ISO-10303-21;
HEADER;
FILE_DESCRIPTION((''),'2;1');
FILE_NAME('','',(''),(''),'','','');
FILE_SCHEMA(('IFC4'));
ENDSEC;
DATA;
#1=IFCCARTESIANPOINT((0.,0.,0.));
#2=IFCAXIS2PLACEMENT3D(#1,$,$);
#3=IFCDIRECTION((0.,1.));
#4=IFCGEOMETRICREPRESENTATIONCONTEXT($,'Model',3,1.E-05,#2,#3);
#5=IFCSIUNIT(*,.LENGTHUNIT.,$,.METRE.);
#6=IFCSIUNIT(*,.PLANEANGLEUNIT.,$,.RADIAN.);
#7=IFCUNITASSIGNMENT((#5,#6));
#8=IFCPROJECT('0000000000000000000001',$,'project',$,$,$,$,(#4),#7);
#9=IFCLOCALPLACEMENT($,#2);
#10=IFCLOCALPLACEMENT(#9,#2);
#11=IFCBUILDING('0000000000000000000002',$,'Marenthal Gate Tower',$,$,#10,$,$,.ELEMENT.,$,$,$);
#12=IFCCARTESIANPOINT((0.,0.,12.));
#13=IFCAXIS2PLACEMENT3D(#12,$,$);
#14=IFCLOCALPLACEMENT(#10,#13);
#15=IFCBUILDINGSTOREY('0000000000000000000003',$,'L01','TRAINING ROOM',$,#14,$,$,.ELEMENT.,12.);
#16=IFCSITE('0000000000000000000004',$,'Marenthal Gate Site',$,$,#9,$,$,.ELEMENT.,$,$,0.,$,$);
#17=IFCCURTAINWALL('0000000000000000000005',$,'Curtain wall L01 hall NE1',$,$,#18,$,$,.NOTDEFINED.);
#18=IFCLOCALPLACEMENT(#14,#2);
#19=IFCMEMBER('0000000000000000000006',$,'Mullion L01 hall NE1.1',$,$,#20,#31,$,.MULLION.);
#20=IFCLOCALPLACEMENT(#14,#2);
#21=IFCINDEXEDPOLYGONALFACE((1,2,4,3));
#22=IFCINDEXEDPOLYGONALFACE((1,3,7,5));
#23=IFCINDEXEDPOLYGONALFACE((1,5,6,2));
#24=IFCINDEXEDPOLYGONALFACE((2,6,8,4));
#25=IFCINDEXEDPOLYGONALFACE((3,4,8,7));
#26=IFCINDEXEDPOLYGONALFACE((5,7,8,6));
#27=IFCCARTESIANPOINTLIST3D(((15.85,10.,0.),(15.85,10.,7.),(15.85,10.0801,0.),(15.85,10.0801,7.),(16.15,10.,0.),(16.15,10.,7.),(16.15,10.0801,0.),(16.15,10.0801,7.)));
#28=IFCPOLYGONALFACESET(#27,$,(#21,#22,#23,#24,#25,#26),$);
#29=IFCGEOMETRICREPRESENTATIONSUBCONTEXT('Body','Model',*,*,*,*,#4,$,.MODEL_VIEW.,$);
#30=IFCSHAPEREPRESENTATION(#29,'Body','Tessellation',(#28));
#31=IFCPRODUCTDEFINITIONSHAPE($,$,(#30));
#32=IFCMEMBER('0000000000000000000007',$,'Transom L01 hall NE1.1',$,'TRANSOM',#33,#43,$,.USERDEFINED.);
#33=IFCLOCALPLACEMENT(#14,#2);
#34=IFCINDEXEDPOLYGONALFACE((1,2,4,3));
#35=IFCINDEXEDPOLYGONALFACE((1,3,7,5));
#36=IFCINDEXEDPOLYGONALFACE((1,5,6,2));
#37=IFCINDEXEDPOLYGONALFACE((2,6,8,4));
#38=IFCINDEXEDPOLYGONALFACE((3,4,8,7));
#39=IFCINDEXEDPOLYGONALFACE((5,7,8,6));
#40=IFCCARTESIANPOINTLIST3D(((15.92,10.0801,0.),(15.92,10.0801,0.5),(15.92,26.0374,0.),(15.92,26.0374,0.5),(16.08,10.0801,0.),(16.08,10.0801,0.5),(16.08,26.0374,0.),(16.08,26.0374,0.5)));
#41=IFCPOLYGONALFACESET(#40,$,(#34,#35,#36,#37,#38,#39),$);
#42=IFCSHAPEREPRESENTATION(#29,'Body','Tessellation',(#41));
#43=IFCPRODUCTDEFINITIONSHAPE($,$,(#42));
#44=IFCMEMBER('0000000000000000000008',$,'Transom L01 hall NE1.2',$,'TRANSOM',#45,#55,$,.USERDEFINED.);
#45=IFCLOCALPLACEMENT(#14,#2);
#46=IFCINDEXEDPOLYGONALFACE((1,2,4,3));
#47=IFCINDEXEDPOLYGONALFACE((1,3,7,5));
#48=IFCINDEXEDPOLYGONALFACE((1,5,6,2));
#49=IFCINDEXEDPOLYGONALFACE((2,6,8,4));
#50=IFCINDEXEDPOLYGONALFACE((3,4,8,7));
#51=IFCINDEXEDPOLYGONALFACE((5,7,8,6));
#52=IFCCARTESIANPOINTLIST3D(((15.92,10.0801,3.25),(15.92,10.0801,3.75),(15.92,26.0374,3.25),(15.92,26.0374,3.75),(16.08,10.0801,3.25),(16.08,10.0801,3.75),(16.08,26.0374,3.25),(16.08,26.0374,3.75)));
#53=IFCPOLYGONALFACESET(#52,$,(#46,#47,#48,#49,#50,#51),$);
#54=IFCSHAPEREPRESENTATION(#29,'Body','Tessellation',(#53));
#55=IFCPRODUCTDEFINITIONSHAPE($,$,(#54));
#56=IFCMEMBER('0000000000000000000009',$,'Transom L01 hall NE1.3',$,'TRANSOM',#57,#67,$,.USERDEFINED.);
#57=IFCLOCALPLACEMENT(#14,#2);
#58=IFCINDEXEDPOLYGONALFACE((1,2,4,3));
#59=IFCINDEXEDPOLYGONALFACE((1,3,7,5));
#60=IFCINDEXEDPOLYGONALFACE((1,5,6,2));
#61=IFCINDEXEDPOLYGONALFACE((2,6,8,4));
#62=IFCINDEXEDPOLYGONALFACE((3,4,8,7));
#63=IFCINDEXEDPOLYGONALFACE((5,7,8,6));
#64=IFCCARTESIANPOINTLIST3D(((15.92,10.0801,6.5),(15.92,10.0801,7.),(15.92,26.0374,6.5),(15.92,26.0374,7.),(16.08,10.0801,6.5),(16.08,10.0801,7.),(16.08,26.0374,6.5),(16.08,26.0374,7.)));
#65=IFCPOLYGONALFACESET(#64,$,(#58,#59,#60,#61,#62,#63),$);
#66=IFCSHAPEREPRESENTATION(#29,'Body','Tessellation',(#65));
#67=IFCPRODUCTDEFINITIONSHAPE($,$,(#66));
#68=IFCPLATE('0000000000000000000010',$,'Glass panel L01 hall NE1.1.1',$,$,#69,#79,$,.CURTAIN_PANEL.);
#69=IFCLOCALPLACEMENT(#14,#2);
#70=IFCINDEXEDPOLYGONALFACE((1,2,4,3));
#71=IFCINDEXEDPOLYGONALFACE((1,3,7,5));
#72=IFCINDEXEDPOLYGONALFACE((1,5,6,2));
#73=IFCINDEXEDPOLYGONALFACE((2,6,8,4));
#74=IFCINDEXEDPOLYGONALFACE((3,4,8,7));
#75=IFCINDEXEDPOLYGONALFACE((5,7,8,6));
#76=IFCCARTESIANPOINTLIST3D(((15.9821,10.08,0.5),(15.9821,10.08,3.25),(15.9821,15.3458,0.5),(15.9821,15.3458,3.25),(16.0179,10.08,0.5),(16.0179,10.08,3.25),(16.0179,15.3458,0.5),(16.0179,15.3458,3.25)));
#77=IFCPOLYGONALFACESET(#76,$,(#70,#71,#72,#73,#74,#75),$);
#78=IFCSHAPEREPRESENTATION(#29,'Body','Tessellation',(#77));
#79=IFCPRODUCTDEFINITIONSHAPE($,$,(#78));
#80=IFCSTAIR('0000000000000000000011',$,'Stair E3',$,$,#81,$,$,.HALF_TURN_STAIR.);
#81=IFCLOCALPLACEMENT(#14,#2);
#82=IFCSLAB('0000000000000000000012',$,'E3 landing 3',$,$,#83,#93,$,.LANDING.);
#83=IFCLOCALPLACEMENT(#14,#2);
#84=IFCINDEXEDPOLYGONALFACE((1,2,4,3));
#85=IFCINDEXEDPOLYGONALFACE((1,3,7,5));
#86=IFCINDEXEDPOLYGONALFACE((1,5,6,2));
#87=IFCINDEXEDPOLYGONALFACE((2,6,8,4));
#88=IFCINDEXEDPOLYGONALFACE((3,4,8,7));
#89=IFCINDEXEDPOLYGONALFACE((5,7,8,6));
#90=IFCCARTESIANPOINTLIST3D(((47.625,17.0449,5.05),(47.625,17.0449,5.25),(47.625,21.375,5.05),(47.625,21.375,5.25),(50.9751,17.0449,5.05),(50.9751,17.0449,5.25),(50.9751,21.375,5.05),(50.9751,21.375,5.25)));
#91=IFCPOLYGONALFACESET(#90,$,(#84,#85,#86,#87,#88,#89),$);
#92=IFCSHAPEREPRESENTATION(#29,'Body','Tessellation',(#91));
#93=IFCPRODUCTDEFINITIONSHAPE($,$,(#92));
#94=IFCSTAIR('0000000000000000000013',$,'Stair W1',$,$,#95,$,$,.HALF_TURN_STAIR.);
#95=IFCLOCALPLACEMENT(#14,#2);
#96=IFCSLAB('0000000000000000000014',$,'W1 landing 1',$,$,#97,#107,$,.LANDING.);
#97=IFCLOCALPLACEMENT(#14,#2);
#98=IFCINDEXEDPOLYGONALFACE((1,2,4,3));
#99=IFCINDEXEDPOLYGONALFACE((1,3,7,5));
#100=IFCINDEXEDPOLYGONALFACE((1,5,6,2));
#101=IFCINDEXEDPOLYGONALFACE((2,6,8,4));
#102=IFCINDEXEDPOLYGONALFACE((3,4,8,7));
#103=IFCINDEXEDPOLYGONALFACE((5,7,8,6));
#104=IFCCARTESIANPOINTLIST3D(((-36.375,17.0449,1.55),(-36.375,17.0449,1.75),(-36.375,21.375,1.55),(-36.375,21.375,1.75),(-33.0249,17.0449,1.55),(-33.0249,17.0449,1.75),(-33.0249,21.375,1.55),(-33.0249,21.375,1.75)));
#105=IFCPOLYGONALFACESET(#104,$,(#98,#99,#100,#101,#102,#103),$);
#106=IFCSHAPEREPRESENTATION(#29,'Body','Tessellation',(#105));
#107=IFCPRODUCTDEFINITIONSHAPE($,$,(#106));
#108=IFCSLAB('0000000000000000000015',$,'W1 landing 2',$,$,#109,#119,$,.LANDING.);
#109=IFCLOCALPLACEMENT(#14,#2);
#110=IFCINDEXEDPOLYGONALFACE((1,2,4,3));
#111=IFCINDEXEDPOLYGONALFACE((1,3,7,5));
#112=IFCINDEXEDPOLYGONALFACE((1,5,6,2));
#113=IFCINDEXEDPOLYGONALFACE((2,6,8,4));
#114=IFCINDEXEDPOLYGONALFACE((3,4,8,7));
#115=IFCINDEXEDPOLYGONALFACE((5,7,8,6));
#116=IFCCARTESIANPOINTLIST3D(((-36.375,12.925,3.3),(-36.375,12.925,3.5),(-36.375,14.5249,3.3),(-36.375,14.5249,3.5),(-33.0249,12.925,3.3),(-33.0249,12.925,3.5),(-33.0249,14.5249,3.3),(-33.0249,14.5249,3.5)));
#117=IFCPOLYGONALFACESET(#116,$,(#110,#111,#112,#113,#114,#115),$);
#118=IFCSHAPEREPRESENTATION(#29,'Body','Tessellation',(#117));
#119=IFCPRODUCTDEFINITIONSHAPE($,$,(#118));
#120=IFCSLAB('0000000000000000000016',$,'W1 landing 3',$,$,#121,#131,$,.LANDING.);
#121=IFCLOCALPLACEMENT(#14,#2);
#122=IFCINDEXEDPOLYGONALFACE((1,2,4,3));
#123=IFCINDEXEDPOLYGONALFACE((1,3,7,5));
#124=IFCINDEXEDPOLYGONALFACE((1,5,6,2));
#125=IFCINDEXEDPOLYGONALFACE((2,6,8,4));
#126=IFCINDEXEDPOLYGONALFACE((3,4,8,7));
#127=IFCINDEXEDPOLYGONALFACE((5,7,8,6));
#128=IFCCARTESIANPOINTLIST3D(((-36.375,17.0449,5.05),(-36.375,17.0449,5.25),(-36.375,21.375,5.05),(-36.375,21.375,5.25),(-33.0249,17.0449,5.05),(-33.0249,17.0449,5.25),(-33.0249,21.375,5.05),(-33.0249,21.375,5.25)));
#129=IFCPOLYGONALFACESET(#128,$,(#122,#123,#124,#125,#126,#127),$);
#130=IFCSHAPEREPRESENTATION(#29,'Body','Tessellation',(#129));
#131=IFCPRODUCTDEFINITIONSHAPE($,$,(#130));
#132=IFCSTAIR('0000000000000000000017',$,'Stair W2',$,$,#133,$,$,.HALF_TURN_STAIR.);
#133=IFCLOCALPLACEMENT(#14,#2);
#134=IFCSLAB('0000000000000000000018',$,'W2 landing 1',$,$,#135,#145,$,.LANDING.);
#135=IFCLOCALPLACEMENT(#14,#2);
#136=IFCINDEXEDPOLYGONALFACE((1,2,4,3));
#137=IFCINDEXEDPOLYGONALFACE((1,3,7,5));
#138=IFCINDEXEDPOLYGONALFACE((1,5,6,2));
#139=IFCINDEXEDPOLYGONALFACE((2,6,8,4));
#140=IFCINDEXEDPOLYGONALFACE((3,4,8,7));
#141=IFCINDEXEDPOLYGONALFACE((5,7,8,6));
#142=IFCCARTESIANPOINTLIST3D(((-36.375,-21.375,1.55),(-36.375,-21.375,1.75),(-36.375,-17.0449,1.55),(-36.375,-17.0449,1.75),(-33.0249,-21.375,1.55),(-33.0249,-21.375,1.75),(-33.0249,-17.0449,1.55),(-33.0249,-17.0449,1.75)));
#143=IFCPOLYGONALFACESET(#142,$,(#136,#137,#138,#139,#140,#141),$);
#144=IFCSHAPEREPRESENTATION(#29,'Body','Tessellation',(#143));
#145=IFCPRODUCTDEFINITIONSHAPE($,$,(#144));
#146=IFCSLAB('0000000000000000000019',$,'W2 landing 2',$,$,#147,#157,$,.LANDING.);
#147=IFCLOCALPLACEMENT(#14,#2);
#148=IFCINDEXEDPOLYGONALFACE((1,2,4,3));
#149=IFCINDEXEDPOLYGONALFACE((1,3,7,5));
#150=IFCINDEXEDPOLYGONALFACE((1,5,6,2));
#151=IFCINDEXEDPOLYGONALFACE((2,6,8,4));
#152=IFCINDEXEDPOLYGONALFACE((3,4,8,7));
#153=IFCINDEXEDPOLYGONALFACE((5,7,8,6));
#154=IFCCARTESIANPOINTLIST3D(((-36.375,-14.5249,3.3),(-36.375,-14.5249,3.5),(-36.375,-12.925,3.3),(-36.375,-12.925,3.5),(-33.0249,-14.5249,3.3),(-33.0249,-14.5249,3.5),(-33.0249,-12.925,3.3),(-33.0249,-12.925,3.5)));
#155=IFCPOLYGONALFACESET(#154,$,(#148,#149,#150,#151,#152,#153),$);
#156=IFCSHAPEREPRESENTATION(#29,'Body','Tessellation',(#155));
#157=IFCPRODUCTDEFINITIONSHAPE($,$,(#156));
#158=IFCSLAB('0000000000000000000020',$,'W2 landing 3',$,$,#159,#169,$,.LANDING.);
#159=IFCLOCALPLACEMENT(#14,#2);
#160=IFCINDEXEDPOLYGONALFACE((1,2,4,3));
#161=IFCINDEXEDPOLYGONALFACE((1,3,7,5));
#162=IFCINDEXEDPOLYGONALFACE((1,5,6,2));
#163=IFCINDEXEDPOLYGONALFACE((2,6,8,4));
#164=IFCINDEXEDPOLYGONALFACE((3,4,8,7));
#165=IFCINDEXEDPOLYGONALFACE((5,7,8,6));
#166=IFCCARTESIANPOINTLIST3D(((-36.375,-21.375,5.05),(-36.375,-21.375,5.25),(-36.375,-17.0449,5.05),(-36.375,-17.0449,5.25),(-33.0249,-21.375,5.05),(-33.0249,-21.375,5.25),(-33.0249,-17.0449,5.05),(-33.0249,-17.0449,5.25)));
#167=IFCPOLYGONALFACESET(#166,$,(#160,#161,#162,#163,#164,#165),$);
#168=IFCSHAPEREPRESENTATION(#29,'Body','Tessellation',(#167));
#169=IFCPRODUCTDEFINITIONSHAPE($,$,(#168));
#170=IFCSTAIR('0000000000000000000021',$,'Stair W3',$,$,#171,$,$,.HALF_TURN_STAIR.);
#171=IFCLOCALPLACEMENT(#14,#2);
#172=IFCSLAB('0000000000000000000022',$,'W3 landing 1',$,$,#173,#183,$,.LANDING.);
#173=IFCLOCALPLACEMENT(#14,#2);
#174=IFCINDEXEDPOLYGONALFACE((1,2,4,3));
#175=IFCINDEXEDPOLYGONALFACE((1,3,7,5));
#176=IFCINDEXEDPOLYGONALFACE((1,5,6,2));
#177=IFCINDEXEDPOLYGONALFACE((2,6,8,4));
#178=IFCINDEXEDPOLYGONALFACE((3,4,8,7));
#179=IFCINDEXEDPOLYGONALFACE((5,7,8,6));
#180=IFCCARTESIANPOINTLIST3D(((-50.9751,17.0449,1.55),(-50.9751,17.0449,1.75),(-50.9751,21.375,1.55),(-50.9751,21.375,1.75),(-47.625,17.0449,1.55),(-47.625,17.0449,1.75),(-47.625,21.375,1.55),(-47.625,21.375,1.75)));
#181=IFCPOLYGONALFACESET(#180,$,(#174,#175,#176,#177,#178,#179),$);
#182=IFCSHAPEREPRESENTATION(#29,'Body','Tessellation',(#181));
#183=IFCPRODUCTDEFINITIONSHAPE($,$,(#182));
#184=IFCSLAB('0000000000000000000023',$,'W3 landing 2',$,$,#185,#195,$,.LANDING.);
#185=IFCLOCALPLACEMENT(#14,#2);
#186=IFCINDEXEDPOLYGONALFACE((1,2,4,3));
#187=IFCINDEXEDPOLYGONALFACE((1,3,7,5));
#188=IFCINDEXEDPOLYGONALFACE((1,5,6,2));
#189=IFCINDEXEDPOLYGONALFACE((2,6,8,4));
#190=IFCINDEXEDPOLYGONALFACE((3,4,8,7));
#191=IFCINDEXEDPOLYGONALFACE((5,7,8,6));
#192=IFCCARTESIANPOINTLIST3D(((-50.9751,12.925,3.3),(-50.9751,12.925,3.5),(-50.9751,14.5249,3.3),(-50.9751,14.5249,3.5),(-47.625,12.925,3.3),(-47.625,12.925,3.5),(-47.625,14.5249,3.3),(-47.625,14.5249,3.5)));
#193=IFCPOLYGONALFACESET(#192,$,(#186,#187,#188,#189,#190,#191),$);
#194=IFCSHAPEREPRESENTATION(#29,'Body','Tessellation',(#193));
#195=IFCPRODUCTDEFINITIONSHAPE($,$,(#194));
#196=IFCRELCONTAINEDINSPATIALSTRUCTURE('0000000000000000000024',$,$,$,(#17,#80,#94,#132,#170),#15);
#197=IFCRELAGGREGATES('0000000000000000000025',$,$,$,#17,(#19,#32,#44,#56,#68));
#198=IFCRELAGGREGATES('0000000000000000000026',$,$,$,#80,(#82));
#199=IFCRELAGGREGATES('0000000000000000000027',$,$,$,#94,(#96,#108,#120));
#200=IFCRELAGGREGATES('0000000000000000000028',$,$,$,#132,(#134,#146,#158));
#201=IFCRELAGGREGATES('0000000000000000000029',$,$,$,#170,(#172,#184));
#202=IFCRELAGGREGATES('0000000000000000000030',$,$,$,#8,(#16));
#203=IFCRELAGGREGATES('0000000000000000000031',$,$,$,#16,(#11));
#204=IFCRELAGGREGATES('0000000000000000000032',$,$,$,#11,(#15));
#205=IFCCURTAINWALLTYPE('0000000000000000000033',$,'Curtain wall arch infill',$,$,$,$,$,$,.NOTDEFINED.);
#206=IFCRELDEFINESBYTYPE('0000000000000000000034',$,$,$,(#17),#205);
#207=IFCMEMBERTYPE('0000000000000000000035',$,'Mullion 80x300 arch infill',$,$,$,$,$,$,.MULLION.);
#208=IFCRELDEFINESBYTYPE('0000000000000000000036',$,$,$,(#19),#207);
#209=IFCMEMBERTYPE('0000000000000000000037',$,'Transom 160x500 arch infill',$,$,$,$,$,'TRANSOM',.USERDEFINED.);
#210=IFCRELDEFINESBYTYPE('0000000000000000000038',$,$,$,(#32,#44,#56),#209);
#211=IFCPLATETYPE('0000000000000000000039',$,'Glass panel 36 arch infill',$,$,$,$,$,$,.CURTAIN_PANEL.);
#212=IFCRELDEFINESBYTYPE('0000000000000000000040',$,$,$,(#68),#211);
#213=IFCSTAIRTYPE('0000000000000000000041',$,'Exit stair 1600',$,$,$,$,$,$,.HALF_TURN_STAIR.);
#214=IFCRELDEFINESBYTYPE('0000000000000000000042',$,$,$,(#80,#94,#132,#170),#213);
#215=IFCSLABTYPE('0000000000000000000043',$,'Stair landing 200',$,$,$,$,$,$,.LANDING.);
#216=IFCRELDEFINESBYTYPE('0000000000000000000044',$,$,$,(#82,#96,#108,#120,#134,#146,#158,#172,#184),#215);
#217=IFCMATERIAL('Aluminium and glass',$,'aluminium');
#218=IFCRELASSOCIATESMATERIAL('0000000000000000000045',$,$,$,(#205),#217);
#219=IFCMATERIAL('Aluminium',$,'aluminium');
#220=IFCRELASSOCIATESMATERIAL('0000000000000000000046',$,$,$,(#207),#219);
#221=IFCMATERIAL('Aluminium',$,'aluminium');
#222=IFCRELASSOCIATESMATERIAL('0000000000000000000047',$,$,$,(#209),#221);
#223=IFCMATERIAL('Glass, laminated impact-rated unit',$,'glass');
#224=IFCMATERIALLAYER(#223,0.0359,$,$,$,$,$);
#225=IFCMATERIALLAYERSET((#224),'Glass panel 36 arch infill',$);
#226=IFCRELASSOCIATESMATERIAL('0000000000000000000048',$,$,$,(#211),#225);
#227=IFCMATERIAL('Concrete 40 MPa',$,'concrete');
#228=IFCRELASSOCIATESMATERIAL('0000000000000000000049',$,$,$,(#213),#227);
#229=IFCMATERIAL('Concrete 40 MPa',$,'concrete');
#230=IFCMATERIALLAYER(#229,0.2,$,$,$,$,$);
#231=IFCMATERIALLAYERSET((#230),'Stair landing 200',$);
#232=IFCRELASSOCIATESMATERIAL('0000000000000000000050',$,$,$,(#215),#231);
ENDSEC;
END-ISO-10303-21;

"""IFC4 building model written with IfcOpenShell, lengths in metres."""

from ifc_helpers import new_model, si_unit, direction, frame, origin, origin_2d, place, context, subcontext, project, spatial, polyline, rectangle, outline, extrude, material, layer, layer_set, material_profile, profile_set, type_object, element, aggregate, save


model = new_model("IFC4")

# Units and contexts
model_context = context("Model", 3, precision=1e-05, world=origin(), true_north=direction((0.0, 1.0)))
body_context = subcontext(model_context, "Body", "Model", "MODEL_VIEW")
ifc_project = project(units=[si_unit("LENGTHUNIT", "METRE"), si_unit("PLANEANGLEUNIT", "RADIAN")], contexts=[model_context])

# Site, building, storey
site_placement = place(None, origin())
site = spatial("IfcSite", under=ifc_project, at=site_placement, Name="Marenthal Gate Site", CompositionType="ELEMENT", RefElevation=0.0)
building_placement = place(site_placement, origin())
building = spatial("IfcBuilding", under=site, at=building_placement, Name="Marenthal Gate Tower", CompositionType="ELEMENT")
storey_placement = place(building_placement, frame((0.0, 0.0, 12.0)))
storey = spatial("IfcBuildingStorey", under=building, at=storey_placement, Name="L01", Description="TRAINING ROOM", CompositionType="ELEMENT", Elevation=12.0)

# Curtain wall, members, plate
ifc_material_1 = material(Name="Aluminium and glass", Category="aluminium")
curtain_wall_type = type_object("IfcCurtainWallType", Name="Curtain wall arch infill", PredefinedType="NOTDEFINED", material=ifc_material_1)
curtain_wall_placement = place(storey_placement, origin())
curtain_wall = element("IfcCurtainWall", 1, at=curtain_wall_placement, inside=storey, type_object=curtain_wall_type, Name="Curtain wall L01 hall NE1", PredefinedType="NOTDEFINED")
ifc_material_2 = material(Name="Aluminium", Category="aluminium")
ifc_material_profile_1 = material_profile(ifc_material_2, rectangle(XDim=0.3, YDim=0.0801, at=origin_2d()), Name="80x300 aluminium mullion")
ifc_profile_set_1 = profile_set([ifc_material_profile_1], Name="Aluminium")
member_type_1 = type_object("IfcMemberType", Name="Mullion 80x300 arch infill", PredefinedType="MULLION", material=ifc_profile_set_1)
member_1_placement = place(storey_placement, frame((16.0, 10.04, 0.0), z_axis=(0.0, 0.0, 1.0), x_axis=(-1.0, 0.0, 0.0)))
member_1 = element("IfcMember", 2, at=member_1_placement, type_object=member_type_1, Name="Mullion L01 hall NE1.1", PredefinedType="MULLION", context=body_context, shape_type="SweptSolid", body=[
    extrude(rectangle(XDim=0.3, YDim=0.0801, at=origin_2d()), origin(), (0.0, 0.0, 1.0), 7.0),
])
ifc_material_3 = material(Name="Aluminium", Category="aluminium")
ifc_material_profile_2 = material_profile(ifc_material_3, rectangle(XDim=0.1599, YDim=0.5, at=origin_2d()), Name="160x500 aluminium transom")
ifc_profile_set_2 = profile_set([ifc_material_profile_2], Name="Aluminium")
member_type_2 = type_object("IfcMemberType", Name="Transom 160x500 arch infill", ElementType="TRANSOM", PredefinedType="USERDEFINED", material=ifc_profile_set_2)
member_2_placement = place(storey_placement, frame((16.0, 10.0801, 0.25), z_axis=(0.0, 1.0, 0.0), x_axis=(-1.0, 0.0, 0.0)))
member_2 = element("IfcMember", 3, at=member_2_placement, type_object=member_type_2, Name="Transom L01 hall NE1.1", ObjectType="TRANSOM", PredefinedType="USERDEFINED", context=body_context, shape_type="SweptSolid", body=[
    extrude(rectangle(XDim=0.1599, YDim=0.5, at=origin_2d()), origin(), (0.0, 0.0, 1.0), 15.9573),
])
member_3_placement = place(storey_placement, frame((16.0, 10.0801, 3.5), z_axis=(0.0, 1.0, 0.0), x_axis=(-1.0, 0.0, 0.0)))
member_3 = element("IfcMember", 4, at=member_3_placement, type_object=member_type_2, Name="Transom L01 hall NE1.2", ObjectType="TRANSOM", PredefinedType="USERDEFINED", context=body_context, shape_type="SweptSolid", body=[
    extrude(rectangle(XDim=0.1599, YDim=0.5, at=origin_2d()), origin(), (0.0, 0.0, 1.0), 15.9573),
])
member_4_placement = place(storey_placement, frame((16.0, 10.0801, 6.75), z_axis=(0.0, 1.0, 0.0), x_axis=(-1.0, 0.0, 0.0)))
member_4 = element("IfcMember", 5, at=member_4_placement, type_object=member_type_2, Name="Transom L01 hall NE1.3", ObjectType="TRANSOM", PredefinedType="USERDEFINED", context=body_context, shape_type="SweptSolid", body=[
    extrude(rectangle(XDim=0.1599, YDim=0.5, at=origin_2d()), origin(), (0.0, 0.0, 1.0), 15.9573),
])
ifc_material_4 = material(Name="Glass, laminated impact-rated unit", Category="glass")
ifc_layer_1 = layer(ifc_material_4, 0.0359)
ifc_layer_set_1 = layer_set([ifc_layer_1], Name="Glass panel 36 arch infill")
plate_type = type_object("IfcPlateType", Name="Glass panel 36 arch infill", PredefinedType="CURTAIN_PANEL", material=ifc_layer_set_1)
plate_placement = place(storey_placement, frame((16.0, 12.7129, 0.5), z_axis=(0.0, 0.0, 1.0), x_axis=(0.0, 1.0, 0.0)))
plate = element("IfcPlate", 6, at=plate_placement, type_object=plate_type, Name="Glass panel L01 hall NE1.1.1", PredefinedType="CURTAIN_PANEL", context=body_context, shape_type="SweptSolid", body=[
    extrude(rectangle(XDim=5.2659, YDim=0.0359, at=origin_2d()), origin(), (0.0, 0.0, 1.0), 2.75),
])
aggregate(curtain_wall, [member_1, member_2, member_3, member_4, plate])

# Stair, slab
ifc_material_5 = material(Name="Concrete 40 MPa", Category="concrete")
stair_type_1 = type_object("IfcStairType", Name="Exit stair 1600", PredefinedType="HALF_TURN_STAIR", material=ifc_material_5)
stair_1_placement = place(storey_placement, origin())
stair_1 = element("IfcStair", 7, at=stair_1_placement, inside=storey, type_object=stair_type_1, Name="Stair E3", PredefinedType="HALF_TURN_STAIR")
ifc_material_6 = material(Name="Concrete 40 MPa", Category="concrete")
ifc_layer_2 = layer(ifc_material_6, 0.2)
ifc_layer_set_2 = layer_set([ifc_layer_2], Name="Stair landing 200")
slab_type = type_object("IfcSlabType", Name="Stair landing 200", PredefinedType="LANDING", material=ifc_layer_set_2)
slab_1_placement = place(storey_placement, frame((0.0, 0.0, 5.05)))
slab_1 = element("IfcSlab", 8, at=slab_1_placement, type_object=slab_type, Name="E3 landing 3", PredefinedType="LANDING", context=body_context, shape_type="SweptSolid", body=[
    extrude(outline(polyline([(47.625, 17.0449), (47.625, 21.375), (50.9751, 21.375), (50.9751, 17.0449), (47.625, 17.0449)])), origin(), (0.0, 0.0, 1.0), 0.2),
])
aggregate(stair_1, [slab_1])

# Stairs, slabs
stair_2_placement = place(storey_placement, origin())
stair_2 = element("IfcStair", 9, at=stair_2_placement, inside=storey, type_object=stair_type_1, Name="Stair W1", PredefinedType="HALF_TURN_STAIR")
slab_2_placement = place(storey_placement, frame((0.0, 0.0, 1.55)))
slab_2 = element("IfcSlab", 10, at=slab_2_placement, type_object=slab_type, Name="W1 landing 1", PredefinedType="LANDING", context=body_context, shape_type="SweptSolid", body=[
    extrude(outline(polyline([(-36.375, 17.0449), (-36.375, 21.375), (-33.0249, 21.375), (-33.0249, 17.0449), (-36.375, 17.0449)])), origin(), (0.0, 0.0, 1.0), 0.2),
])
slab_3_placement = place(storey_placement, frame((0.0, 0.0, 3.3)))
slab_3 = element("IfcSlab", 11, at=slab_3_placement, type_object=slab_type, Name="W1 landing 2", PredefinedType="LANDING", context=body_context, shape_type="SweptSolid", body=[
    extrude(outline(polyline([(-36.375, 12.925), (-36.375, 14.5249), (-33.0249, 14.5249), (-33.0249, 12.925), (-36.375, 12.925)])), origin(), (0.0, 0.0, 1.0), 0.2),
])
slab_4_placement = place(storey_placement, frame((0.0, 0.0, 5.05)))
slab_4 = element("IfcSlab", 12, at=slab_4_placement, type_object=slab_type, Name="W1 landing 3", PredefinedType="LANDING", context=body_context, shape_type="SweptSolid", body=[
    extrude(outline(polyline([(-36.375, 17.0449), (-36.375, 21.375), (-33.0249, 21.375), (-33.0249, 17.0449), (-36.375, 17.0449)])), origin(), (0.0, 0.0, 1.0), 0.2),
])
aggregate(stair_2, [slab_2, slab_3, slab_4])
stair_3_placement = place(storey_placement, origin())
stair_3 = element("IfcStair", 13, at=stair_3_placement, inside=storey, type_object=stair_type_1, Name="Stair W2", PredefinedType="HALF_TURN_STAIR")
slab_5_placement = place(storey_placement, frame((0.0, 0.0, 1.55)))
slab_5 = element("IfcSlab", 14, at=slab_5_placement, type_object=slab_type, Name="W2 landing 1", PredefinedType="LANDING", context=body_context, shape_type="SweptSolid", body=[
    extrude(outline(polyline([(-33.0249, -17.0449), (-33.0249, -21.375), (-36.375, -21.375), (-36.375, -17.0449), (-33.0249, -17.0449)])), origin(), (0.0, 0.0, 1.0), 0.2),
])
slab_6_placement = place(storey_placement, frame((0.0, 0.0, 3.3)))
slab_6 = element("IfcSlab", 15, at=slab_6_placement, type_object=slab_type, Name="W2 landing 2", PredefinedType="LANDING", context=body_context, shape_type="SweptSolid", body=[
    extrude(outline(polyline([(-33.0249, -12.925), (-33.0249, -14.5249), (-36.375, -14.5249), (-36.375, -12.925), (-33.0249, -12.925)])), origin(), (0.0, 0.0, 1.0), 0.2),
])
slab_7_placement = place(storey_placement, frame((0.0, 0.0, 5.05)))
slab_7 = element("IfcSlab", 16, at=slab_7_placement, type_object=slab_type, Name="W2 landing 3", PredefinedType="LANDING", context=body_context, shape_type="SweptSolid", body=[
    extrude(outline(polyline([(-33.0249, -17.0449), (-33.0249, -21.375), (-36.375, -21.375), (-36.375, -17.0449), (-33.0249, -17.0449)])), origin(), (0.0, 0.0, 1.0), 0.2),
])
aggregate(stair_3, [slab_5, slab_6, slab_7])
stair_4_placement = place(storey_placement, origin())
stair_4 = element("IfcStair", 17, at=stair_4_placement, inside=storey, type_object=stair_type_1, Name="Stair W3", PredefinedType="HALF_TURN_STAIR")
slab_8_placement = place(storey_placement, frame((0.0, 0.0, 1.55)))
slab_8 = element("IfcSlab", 18, at=slab_8_placement, type_object=slab_type, Name="W3 landing 1", PredefinedType="LANDING", context=body_context, shape_type="SweptSolid", body=[
    extrude(outline(polyline([(-50.9751, 17.0449), (-50.9751, 21.375), (-47.625, 21.375), (-47.625, 17.0449), (-50.9751, 17.0449)])), origin(), (0.0, 0.0, 1.0), 0.2),
])
slab_9_placement = place(storey_placement, frame((0.0, 0.0, 3.3)))
slab_9 = element("IfcSlab", 19, at=slab_9_placement, type_object=slab_type, Name="W3 landing 2", PredefinedType="LANDING", context=body_context, shape_type="SweptSolid", body=[
    extrude(outline(polyline([(-50.9751, 12.925), (-50.9751, 14.5249), (-47.625, 14.5249), (-47.625, 12.925), (-50.9751, 12.925)])), origin(), (0.0, 0.0, 1.0), 0.2),
])
aggregate(stair_4, [slab_8, slab_9])

save(model, "model.ifc")
